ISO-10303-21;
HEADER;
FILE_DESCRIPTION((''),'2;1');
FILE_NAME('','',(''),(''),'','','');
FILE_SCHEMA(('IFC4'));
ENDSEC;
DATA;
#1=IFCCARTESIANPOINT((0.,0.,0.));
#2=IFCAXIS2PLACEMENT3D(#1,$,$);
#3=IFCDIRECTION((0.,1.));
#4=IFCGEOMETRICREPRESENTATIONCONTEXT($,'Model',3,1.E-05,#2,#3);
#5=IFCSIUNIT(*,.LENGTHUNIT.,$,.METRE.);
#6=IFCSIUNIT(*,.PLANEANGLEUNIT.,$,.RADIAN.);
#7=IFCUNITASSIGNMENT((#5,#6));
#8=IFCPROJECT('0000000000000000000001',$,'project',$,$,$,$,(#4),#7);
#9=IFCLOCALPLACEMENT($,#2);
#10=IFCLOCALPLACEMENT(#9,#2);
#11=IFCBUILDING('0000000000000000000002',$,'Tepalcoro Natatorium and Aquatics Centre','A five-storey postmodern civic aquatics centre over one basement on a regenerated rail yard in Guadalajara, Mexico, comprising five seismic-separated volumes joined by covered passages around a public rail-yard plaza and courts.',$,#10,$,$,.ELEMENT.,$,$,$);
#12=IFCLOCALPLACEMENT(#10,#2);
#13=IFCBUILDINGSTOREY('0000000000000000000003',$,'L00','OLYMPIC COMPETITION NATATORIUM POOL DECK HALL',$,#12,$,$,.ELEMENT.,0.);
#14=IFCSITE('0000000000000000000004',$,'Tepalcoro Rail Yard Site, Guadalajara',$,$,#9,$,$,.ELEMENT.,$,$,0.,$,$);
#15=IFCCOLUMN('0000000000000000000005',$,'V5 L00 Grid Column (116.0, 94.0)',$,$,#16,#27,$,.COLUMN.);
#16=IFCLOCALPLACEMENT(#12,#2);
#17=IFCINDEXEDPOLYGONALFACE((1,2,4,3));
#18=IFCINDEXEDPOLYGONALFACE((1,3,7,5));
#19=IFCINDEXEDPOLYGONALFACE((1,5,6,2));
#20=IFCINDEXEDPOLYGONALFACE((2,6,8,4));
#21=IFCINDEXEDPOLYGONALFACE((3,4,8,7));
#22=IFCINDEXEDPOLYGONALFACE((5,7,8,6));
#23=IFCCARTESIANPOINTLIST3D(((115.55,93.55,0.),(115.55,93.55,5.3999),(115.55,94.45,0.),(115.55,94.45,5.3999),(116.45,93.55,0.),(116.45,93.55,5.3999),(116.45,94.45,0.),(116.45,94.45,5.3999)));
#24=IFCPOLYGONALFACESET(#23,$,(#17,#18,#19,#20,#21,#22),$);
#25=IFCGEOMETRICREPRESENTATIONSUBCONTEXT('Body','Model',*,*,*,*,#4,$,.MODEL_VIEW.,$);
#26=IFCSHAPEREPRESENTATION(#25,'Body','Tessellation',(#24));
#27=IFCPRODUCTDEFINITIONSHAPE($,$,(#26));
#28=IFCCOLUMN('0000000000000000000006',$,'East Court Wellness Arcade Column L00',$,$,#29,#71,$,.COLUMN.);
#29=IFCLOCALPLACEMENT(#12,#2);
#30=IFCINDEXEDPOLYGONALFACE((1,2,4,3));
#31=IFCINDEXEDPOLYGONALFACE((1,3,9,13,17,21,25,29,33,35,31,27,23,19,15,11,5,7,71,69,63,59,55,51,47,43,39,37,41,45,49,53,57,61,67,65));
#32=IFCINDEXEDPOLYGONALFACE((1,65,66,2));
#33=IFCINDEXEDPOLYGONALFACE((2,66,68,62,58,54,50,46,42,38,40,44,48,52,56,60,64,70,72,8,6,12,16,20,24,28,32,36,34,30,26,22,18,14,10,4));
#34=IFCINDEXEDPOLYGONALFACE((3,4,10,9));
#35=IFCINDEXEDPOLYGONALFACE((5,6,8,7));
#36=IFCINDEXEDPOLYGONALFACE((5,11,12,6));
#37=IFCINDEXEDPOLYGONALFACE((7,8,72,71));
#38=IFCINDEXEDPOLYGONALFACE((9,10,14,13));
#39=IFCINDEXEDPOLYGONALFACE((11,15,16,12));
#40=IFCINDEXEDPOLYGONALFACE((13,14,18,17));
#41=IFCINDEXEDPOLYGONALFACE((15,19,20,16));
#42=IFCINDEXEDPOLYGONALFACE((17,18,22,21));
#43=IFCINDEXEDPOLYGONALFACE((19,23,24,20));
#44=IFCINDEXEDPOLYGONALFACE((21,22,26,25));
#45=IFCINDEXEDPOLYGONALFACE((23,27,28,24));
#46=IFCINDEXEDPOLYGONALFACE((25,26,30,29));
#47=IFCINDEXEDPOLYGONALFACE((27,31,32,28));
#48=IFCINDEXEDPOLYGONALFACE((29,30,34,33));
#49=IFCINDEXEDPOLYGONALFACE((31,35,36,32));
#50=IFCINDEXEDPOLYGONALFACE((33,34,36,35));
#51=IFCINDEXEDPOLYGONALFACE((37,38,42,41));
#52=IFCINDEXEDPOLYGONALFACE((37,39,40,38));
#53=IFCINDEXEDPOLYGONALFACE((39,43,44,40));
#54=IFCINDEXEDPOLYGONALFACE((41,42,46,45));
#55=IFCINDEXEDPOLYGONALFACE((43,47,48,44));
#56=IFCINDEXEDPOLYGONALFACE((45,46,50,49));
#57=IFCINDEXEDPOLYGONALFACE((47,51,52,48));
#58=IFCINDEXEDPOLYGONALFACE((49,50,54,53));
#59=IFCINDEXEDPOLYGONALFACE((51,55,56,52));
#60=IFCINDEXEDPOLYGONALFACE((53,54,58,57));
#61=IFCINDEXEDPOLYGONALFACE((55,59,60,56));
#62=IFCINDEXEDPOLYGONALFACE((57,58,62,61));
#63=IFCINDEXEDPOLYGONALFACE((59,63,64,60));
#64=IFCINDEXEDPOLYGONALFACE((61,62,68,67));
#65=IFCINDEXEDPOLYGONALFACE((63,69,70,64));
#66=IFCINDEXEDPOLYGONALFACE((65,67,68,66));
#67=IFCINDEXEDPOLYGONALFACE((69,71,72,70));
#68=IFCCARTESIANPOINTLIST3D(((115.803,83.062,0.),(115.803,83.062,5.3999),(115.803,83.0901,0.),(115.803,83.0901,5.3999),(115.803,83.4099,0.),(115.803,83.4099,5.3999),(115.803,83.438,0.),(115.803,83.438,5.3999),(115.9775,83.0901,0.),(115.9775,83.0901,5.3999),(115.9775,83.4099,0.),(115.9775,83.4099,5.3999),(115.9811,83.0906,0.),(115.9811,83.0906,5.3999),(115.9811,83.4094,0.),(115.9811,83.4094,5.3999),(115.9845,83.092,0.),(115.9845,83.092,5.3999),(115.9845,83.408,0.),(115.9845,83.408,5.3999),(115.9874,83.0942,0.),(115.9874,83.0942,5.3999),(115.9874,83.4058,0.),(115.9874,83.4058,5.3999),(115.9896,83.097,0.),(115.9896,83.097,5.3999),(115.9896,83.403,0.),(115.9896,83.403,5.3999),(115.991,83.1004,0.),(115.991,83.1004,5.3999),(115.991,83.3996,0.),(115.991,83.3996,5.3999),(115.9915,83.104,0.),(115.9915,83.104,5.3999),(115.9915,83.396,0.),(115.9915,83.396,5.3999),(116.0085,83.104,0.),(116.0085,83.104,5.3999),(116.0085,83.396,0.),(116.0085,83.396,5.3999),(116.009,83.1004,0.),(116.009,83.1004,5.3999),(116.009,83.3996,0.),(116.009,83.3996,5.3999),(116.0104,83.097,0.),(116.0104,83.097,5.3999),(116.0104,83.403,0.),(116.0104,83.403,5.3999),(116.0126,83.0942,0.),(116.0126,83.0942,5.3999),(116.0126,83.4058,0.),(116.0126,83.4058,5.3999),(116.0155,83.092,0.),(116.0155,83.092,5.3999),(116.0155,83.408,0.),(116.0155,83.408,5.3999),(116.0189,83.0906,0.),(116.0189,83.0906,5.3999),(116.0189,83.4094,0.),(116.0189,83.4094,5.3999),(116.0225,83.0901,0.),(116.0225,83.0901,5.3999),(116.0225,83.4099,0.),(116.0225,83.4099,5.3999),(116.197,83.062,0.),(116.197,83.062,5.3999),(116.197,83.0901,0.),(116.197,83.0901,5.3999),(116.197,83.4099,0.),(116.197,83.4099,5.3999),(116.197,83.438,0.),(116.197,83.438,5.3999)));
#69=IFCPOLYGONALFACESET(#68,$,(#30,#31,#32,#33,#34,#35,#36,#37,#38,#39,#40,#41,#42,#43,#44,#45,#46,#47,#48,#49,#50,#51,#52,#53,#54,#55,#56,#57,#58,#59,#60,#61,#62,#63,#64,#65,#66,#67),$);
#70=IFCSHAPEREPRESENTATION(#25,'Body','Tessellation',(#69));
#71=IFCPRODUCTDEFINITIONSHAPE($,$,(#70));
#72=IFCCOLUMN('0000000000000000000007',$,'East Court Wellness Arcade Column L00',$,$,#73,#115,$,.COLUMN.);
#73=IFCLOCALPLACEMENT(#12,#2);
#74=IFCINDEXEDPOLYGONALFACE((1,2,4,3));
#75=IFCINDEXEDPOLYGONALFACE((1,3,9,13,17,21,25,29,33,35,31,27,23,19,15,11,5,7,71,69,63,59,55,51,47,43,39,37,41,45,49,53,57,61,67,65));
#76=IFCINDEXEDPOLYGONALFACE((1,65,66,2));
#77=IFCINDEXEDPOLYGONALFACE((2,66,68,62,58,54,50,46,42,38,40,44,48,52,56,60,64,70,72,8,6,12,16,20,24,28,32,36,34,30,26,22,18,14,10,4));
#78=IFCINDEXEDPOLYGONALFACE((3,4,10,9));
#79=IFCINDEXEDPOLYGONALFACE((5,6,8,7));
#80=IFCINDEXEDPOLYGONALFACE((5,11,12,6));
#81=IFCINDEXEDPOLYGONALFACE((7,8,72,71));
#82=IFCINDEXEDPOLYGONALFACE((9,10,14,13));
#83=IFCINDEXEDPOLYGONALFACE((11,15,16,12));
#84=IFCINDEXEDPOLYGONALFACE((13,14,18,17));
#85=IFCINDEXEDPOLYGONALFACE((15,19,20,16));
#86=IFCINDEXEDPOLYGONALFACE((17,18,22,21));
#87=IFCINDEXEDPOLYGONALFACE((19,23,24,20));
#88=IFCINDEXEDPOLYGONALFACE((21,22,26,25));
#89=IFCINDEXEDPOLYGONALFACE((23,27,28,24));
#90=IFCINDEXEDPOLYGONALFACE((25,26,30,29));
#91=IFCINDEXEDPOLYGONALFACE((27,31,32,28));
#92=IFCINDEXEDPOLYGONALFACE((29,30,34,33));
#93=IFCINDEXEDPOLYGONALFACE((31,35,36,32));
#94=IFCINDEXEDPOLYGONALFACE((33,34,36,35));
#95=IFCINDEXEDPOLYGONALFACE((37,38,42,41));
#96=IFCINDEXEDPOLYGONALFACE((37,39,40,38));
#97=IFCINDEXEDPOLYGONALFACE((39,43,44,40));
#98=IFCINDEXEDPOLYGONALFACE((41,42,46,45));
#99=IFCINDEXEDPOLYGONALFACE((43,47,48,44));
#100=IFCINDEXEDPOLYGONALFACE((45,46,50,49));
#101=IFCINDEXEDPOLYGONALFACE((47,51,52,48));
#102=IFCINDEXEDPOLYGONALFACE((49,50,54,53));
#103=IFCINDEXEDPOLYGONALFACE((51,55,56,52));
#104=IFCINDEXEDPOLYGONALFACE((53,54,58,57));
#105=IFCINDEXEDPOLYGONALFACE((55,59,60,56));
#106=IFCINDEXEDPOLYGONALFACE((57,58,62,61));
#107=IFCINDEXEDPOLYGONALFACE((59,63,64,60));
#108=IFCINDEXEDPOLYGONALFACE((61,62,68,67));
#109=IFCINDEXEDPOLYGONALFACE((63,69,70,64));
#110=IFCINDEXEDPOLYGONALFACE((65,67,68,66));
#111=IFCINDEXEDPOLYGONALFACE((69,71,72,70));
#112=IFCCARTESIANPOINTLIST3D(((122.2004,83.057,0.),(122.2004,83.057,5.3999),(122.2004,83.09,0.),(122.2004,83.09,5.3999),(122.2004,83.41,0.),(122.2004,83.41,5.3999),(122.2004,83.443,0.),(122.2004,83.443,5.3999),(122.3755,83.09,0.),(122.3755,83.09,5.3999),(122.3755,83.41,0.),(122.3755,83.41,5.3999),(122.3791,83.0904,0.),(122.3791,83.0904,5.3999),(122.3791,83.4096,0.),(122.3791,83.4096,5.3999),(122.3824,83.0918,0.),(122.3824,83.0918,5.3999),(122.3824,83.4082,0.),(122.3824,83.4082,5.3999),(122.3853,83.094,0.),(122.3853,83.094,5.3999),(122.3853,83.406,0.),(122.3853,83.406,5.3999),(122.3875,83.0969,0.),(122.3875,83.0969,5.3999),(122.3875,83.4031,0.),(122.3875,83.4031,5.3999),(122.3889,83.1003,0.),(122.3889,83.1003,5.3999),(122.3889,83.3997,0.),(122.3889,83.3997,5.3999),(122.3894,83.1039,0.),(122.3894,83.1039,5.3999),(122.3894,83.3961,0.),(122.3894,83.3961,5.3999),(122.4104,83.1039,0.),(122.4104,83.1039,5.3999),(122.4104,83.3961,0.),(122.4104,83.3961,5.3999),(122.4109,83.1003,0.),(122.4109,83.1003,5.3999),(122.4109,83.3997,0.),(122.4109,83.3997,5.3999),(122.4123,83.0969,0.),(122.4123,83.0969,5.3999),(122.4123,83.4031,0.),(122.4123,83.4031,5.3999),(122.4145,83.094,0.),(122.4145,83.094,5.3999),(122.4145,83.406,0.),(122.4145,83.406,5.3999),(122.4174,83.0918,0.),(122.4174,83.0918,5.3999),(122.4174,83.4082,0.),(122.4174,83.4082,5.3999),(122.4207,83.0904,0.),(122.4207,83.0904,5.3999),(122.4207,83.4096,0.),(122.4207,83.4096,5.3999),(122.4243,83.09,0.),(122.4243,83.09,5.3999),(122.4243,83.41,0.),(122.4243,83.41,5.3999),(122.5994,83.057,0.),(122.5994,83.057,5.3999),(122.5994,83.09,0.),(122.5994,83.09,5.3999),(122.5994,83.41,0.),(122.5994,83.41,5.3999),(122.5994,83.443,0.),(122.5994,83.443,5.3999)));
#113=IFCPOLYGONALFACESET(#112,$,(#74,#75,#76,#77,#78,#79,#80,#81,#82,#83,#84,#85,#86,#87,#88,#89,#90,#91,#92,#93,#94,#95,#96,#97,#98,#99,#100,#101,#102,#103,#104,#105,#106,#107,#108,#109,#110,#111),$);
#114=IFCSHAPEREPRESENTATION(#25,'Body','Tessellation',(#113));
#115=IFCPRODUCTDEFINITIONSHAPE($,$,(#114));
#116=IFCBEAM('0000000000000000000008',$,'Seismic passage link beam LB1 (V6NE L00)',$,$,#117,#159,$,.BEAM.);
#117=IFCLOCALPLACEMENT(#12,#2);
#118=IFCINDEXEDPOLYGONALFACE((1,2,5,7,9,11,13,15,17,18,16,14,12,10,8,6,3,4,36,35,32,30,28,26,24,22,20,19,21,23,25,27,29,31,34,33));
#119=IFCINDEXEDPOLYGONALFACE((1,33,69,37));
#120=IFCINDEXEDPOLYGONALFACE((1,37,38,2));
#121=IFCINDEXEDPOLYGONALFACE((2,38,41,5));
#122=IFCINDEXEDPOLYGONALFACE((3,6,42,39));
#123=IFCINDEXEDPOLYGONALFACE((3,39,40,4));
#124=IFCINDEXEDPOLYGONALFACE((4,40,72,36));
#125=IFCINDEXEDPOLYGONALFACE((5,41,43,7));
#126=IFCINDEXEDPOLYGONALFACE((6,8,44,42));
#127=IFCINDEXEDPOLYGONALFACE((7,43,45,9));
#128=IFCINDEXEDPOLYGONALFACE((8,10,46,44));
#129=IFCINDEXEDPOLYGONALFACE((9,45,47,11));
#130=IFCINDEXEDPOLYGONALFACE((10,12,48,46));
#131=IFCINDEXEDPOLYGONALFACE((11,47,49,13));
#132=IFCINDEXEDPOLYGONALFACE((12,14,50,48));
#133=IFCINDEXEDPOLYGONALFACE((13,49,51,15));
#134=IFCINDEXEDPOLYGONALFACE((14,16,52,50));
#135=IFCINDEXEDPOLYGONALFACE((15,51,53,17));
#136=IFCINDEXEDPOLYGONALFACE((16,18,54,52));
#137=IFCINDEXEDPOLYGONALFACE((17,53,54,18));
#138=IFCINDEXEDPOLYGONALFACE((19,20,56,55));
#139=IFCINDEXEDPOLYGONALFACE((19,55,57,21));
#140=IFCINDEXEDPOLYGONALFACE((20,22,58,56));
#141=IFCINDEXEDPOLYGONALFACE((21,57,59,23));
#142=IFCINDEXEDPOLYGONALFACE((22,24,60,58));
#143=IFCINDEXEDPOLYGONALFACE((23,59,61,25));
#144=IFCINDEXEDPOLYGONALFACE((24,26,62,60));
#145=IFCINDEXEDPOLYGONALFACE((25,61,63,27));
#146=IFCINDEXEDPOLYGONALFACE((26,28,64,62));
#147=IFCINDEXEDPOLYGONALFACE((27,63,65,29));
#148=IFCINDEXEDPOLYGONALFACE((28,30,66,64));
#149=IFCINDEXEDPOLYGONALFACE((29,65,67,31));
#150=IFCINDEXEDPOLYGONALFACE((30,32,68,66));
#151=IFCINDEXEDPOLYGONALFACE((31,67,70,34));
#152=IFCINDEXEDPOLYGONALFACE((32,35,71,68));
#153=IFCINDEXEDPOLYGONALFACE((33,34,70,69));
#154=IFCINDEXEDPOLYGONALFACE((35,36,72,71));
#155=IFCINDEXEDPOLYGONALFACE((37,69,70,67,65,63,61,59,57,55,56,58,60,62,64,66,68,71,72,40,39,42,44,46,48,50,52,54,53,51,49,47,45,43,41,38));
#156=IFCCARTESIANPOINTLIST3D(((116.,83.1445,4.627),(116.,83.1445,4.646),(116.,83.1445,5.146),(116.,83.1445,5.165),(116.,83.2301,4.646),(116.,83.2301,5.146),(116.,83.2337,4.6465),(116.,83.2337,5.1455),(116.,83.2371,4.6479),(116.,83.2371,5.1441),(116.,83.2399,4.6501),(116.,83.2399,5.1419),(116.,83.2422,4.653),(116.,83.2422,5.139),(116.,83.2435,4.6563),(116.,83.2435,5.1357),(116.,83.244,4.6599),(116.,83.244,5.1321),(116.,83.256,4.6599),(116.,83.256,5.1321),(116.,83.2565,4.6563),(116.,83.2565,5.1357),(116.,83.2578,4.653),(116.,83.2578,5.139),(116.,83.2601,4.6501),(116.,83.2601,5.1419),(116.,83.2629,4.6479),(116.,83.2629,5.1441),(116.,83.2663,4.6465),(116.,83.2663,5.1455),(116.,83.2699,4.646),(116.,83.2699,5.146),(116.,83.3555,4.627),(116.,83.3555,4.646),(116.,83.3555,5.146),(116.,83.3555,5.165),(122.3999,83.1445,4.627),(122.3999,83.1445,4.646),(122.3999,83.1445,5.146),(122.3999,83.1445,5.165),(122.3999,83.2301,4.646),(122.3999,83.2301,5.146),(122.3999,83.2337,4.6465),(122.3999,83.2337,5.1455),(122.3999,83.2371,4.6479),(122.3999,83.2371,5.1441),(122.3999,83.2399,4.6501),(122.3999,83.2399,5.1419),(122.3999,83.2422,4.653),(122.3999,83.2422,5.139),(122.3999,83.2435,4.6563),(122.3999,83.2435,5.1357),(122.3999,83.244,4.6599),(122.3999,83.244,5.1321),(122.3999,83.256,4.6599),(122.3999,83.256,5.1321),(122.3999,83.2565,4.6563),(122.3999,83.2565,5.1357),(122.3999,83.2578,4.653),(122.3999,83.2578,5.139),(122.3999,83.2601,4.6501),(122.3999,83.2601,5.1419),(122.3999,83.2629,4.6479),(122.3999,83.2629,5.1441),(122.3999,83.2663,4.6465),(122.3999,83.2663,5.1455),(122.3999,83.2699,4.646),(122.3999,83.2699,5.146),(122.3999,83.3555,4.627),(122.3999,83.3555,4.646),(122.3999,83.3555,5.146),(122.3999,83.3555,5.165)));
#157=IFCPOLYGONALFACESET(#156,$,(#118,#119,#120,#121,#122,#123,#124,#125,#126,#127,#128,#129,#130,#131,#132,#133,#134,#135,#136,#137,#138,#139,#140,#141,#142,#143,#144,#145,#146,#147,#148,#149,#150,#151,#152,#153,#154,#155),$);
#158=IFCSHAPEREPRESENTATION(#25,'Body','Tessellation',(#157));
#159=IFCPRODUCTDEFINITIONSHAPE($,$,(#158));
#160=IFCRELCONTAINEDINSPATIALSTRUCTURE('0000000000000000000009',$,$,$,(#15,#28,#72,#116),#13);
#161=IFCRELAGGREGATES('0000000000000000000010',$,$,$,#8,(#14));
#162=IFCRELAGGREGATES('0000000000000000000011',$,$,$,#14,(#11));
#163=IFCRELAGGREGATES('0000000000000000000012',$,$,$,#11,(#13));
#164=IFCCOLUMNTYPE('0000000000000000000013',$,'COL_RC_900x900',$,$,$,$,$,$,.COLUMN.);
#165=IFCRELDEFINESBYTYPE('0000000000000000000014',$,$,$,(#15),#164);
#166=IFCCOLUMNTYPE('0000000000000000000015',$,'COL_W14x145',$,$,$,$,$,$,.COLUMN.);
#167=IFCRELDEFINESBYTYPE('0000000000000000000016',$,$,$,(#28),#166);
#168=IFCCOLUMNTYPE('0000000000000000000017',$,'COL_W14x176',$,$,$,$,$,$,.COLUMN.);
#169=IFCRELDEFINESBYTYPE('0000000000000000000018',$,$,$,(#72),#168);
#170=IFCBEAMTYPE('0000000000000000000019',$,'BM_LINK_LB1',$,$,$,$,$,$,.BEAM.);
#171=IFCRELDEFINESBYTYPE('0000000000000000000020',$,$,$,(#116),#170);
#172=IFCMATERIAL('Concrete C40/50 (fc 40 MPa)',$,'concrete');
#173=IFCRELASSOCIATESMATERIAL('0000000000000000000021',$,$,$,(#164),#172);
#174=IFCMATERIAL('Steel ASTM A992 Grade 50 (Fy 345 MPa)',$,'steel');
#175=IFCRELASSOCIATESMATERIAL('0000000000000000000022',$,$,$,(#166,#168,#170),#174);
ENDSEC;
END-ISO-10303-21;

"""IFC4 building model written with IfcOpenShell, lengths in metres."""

from ifc_helpers import new_model, si_unit, direction, frame, origin, origin_2d, place, context, subcontext, project, spatial, rectangle, i_section, extrude, material, material_profile, profile_set, type_object, element, save


model = new_model("IFC4")

# Units and contexts
model_context = context("Model", 3, precision=1e-05, world=origin(), true_north=direction((0.0, 1.0)))
body_context = subcontext(model_context, "Body", "Model", "MODEL_VIEW")
ifc_project = project(units=[si_unit("LENGTHUNIT", "METRE"), si_unit("PLANEANGLEUNIT", "RADIAN")], contexts=[model_context])

# Site, building, storey
site_placement = place(None, origin())
site = spatial("IfcSite", under=ifc_project, at=site_placement, Name="Tepalcoro Rail Yard Site, Guadalajara", CompositionType="ELEMENT", RefElevation=0.0)
building_placement = place(site_placement, origin())
building = spatial("IfcBuilding", under=site, at=building_placement, Name="Tepalcoro Natatorium and Aquatics Centre", Description="A five-storey postmodern civic aquatics centre over one basement on a regenerated rail yard in Guadalajara, Mexico, comprising five seismic-separated volumes joined by covered passages around a public rail-yard plaza and courts.", CompositionType="ELEMENT")
storey_placement = place(building_placement, origin())
storey = spatial("IfcBuildingStorey", under=building, at=storey_placement, Name="L00", Description="OLYMPIC COMPETITION NATATORIUM POOL DECK HALL", CompositionType="ELEMENT", Elevation=0.0)

# Shared definitions
ifc_material_1 = material(Name="Concrete C40/50 (fc 40 MPa)", Category="concrete")

# Columns
ifc_material_profile_1 = material_profile(ifc_material_1, rectangle(XDim=0.8999, YDim=0.8999, at=origin_2d()), Name="RC900x900")
ifc_profile_set_1 = profile_set([ifc_material_profile_1], Name="Concrete C40/50 (fc 40 MPa)")
column_type_1 = type_object("IfcColumnType", Name="COL_RC_900x900", PredefinedType="COLUMN", material=ifc_profile_set_1)
column_1_placement = place(storey_placement, frame((116.0, 94.0, 0.0), z_axis=(0.0, 0.0, 1.0), x_axis=(1.0, 0.0, 0.0)))
element("IfcColumn", 1, at=column_1_placement, inside=storey, type_object=column_type_1, Name="V5 L00 Grid Column (116.0, 94.0)", PredefinedType="COLUMN", context=body_context, shape_type="SweptSolid", body=[
    extrude(rectangle(XDim=0.8999, YDim=0.8999, at=origin_2d()), origin(), (0.0, 0.0, 1.0), 5.3999),
])
ifc_material_2 = material(Name="Steel ASTM A992 Grade 50 (Fy 345 MPa)", Category="steel")
ifc_material_profile_2 = material_profile(ifc_material_2, i_section(OverallWidth=0.394, OverallDepth=0.376, WebThickness=0.0171, FlangeThickness=0.0281, FilletRadius=0.0139, at=origin_2d()), Name="W14X145")
ifc_profile_set_2 = profile_set([ifc_material_profile_2], Name="Steel ASTM A992 Grade 50 (Fy 345 MPa)")
column_type_2 = type_object("IfcColumnType", Name="COL_W14x145", PredefinedType="COLUMN", material=ifc_profile_set_2)
column_2_placement = place(storey_placement, frame((116.0, 83.25, 0.0), z_axis=(0.0, 0.0, 1.0), x_axis=(1.0, 0.0, 0.0)))
element("IfcColumn", 2, at=column_2_placement, inside=storey, type_object=column_type_2, Name="East Court Wellness Arcade Column L00", PredefinedType="COLUMN", context=body_context, shape_type="SweptSolid", body=[
    extrude(i_section(OverallWidth=0.394, OverallDepth=0.376, WebThickness=0.0171, FlangeThickness=0.0281, FilletRadius=0.0139, at=origin_2d()), origin(), (0.0, 0.0, 1.0), 5.3999),
])
ifc_material_profile_3 = material_profile(ifc_material_2, i_section(OverallWidth=0.3989, OverallDepth=0.386, WebThickness=0.021, FlangeThickness=0.033, FilletRadius=0.0139, at=origin_2d()), Name="W14X176")
ifc_profile_set_3 = profile_set([ifc_material_profile_3], Name="Steel ASTM A992 Grade 50 (Fy 345 MPa)")
column_type_3 = type_object("IfcColumnType", Name="COL_W14x176", PredefinedType="COLUMN", material=ifc_profile_set_3)
column_3_placement = place(storey_placement, frame((122.3999, 83.25, 0.0), z_axis=(0.0, 0.0, 1.0), x_axis=(1.0, 0.0, 0.0)))
element("IfcColumn", 3, at=column_3_placement, inside=storey, type_object=column_type_3, Name="East Court Wellness Arcade Column L00", PredefinedType="COLUMN", context=body_context, shape_type="SweptSolid", body=[
    extrude(i_section(OverallWidth=0.3989, OverallDepth=0.386, WebThickness=0.021, FlangeThickness=0.033, FilletRadius=0.0139, at=origin_2d()), origin(), (0.0, 0.0, 1.0), 5.3999),
])

# Beam
ifc_material_profile_4 = material_profile(ifc_material_2, i_section(OverallWidth=0.2109, OverallDepth=0.5381, WebThickness=0.012, FlangeThickness=0.019, FilletRadius=0.0139, at=origin_2d()), Name="W21X73")
ifc_profile_set_4 = profile_set([ifc_material_profile_4], Name="Steel ASTM A992 Grade 50 (Fy 345 MPa)")
beam_type_1 = type_object("IfcBeamType", Name="BM_LINK_LB1", PredefinedType="BEAM", material=ifc_profile_set_4)
beam_1_placement = place(storey_placement, frame((116.0, 83.25, 4.896), z_axis=(1.0, 0.0, 0.0), x_axis=(0.0, 1.0, 0.0)))
element("IfcBeam", 4, at=beam_1_placement, inside=storey, type_object=beam_type_1, Name="Seismic passage link beam LB1 (V6NE L00)", PredefinedType="BEAM", context=body_context, shape_type="SweptSolid", body=[
    extrude(i_section(OverallWidth=0.2109, OverallDepth=0.5381, WebThickness=0.012, FlangeThickness=0.019, FilletRadius=0.0139, at=origin_2d()), origin(), (0.0, 0.0, 1.0), 6.3999),
])

save(model, "model.ifc")
